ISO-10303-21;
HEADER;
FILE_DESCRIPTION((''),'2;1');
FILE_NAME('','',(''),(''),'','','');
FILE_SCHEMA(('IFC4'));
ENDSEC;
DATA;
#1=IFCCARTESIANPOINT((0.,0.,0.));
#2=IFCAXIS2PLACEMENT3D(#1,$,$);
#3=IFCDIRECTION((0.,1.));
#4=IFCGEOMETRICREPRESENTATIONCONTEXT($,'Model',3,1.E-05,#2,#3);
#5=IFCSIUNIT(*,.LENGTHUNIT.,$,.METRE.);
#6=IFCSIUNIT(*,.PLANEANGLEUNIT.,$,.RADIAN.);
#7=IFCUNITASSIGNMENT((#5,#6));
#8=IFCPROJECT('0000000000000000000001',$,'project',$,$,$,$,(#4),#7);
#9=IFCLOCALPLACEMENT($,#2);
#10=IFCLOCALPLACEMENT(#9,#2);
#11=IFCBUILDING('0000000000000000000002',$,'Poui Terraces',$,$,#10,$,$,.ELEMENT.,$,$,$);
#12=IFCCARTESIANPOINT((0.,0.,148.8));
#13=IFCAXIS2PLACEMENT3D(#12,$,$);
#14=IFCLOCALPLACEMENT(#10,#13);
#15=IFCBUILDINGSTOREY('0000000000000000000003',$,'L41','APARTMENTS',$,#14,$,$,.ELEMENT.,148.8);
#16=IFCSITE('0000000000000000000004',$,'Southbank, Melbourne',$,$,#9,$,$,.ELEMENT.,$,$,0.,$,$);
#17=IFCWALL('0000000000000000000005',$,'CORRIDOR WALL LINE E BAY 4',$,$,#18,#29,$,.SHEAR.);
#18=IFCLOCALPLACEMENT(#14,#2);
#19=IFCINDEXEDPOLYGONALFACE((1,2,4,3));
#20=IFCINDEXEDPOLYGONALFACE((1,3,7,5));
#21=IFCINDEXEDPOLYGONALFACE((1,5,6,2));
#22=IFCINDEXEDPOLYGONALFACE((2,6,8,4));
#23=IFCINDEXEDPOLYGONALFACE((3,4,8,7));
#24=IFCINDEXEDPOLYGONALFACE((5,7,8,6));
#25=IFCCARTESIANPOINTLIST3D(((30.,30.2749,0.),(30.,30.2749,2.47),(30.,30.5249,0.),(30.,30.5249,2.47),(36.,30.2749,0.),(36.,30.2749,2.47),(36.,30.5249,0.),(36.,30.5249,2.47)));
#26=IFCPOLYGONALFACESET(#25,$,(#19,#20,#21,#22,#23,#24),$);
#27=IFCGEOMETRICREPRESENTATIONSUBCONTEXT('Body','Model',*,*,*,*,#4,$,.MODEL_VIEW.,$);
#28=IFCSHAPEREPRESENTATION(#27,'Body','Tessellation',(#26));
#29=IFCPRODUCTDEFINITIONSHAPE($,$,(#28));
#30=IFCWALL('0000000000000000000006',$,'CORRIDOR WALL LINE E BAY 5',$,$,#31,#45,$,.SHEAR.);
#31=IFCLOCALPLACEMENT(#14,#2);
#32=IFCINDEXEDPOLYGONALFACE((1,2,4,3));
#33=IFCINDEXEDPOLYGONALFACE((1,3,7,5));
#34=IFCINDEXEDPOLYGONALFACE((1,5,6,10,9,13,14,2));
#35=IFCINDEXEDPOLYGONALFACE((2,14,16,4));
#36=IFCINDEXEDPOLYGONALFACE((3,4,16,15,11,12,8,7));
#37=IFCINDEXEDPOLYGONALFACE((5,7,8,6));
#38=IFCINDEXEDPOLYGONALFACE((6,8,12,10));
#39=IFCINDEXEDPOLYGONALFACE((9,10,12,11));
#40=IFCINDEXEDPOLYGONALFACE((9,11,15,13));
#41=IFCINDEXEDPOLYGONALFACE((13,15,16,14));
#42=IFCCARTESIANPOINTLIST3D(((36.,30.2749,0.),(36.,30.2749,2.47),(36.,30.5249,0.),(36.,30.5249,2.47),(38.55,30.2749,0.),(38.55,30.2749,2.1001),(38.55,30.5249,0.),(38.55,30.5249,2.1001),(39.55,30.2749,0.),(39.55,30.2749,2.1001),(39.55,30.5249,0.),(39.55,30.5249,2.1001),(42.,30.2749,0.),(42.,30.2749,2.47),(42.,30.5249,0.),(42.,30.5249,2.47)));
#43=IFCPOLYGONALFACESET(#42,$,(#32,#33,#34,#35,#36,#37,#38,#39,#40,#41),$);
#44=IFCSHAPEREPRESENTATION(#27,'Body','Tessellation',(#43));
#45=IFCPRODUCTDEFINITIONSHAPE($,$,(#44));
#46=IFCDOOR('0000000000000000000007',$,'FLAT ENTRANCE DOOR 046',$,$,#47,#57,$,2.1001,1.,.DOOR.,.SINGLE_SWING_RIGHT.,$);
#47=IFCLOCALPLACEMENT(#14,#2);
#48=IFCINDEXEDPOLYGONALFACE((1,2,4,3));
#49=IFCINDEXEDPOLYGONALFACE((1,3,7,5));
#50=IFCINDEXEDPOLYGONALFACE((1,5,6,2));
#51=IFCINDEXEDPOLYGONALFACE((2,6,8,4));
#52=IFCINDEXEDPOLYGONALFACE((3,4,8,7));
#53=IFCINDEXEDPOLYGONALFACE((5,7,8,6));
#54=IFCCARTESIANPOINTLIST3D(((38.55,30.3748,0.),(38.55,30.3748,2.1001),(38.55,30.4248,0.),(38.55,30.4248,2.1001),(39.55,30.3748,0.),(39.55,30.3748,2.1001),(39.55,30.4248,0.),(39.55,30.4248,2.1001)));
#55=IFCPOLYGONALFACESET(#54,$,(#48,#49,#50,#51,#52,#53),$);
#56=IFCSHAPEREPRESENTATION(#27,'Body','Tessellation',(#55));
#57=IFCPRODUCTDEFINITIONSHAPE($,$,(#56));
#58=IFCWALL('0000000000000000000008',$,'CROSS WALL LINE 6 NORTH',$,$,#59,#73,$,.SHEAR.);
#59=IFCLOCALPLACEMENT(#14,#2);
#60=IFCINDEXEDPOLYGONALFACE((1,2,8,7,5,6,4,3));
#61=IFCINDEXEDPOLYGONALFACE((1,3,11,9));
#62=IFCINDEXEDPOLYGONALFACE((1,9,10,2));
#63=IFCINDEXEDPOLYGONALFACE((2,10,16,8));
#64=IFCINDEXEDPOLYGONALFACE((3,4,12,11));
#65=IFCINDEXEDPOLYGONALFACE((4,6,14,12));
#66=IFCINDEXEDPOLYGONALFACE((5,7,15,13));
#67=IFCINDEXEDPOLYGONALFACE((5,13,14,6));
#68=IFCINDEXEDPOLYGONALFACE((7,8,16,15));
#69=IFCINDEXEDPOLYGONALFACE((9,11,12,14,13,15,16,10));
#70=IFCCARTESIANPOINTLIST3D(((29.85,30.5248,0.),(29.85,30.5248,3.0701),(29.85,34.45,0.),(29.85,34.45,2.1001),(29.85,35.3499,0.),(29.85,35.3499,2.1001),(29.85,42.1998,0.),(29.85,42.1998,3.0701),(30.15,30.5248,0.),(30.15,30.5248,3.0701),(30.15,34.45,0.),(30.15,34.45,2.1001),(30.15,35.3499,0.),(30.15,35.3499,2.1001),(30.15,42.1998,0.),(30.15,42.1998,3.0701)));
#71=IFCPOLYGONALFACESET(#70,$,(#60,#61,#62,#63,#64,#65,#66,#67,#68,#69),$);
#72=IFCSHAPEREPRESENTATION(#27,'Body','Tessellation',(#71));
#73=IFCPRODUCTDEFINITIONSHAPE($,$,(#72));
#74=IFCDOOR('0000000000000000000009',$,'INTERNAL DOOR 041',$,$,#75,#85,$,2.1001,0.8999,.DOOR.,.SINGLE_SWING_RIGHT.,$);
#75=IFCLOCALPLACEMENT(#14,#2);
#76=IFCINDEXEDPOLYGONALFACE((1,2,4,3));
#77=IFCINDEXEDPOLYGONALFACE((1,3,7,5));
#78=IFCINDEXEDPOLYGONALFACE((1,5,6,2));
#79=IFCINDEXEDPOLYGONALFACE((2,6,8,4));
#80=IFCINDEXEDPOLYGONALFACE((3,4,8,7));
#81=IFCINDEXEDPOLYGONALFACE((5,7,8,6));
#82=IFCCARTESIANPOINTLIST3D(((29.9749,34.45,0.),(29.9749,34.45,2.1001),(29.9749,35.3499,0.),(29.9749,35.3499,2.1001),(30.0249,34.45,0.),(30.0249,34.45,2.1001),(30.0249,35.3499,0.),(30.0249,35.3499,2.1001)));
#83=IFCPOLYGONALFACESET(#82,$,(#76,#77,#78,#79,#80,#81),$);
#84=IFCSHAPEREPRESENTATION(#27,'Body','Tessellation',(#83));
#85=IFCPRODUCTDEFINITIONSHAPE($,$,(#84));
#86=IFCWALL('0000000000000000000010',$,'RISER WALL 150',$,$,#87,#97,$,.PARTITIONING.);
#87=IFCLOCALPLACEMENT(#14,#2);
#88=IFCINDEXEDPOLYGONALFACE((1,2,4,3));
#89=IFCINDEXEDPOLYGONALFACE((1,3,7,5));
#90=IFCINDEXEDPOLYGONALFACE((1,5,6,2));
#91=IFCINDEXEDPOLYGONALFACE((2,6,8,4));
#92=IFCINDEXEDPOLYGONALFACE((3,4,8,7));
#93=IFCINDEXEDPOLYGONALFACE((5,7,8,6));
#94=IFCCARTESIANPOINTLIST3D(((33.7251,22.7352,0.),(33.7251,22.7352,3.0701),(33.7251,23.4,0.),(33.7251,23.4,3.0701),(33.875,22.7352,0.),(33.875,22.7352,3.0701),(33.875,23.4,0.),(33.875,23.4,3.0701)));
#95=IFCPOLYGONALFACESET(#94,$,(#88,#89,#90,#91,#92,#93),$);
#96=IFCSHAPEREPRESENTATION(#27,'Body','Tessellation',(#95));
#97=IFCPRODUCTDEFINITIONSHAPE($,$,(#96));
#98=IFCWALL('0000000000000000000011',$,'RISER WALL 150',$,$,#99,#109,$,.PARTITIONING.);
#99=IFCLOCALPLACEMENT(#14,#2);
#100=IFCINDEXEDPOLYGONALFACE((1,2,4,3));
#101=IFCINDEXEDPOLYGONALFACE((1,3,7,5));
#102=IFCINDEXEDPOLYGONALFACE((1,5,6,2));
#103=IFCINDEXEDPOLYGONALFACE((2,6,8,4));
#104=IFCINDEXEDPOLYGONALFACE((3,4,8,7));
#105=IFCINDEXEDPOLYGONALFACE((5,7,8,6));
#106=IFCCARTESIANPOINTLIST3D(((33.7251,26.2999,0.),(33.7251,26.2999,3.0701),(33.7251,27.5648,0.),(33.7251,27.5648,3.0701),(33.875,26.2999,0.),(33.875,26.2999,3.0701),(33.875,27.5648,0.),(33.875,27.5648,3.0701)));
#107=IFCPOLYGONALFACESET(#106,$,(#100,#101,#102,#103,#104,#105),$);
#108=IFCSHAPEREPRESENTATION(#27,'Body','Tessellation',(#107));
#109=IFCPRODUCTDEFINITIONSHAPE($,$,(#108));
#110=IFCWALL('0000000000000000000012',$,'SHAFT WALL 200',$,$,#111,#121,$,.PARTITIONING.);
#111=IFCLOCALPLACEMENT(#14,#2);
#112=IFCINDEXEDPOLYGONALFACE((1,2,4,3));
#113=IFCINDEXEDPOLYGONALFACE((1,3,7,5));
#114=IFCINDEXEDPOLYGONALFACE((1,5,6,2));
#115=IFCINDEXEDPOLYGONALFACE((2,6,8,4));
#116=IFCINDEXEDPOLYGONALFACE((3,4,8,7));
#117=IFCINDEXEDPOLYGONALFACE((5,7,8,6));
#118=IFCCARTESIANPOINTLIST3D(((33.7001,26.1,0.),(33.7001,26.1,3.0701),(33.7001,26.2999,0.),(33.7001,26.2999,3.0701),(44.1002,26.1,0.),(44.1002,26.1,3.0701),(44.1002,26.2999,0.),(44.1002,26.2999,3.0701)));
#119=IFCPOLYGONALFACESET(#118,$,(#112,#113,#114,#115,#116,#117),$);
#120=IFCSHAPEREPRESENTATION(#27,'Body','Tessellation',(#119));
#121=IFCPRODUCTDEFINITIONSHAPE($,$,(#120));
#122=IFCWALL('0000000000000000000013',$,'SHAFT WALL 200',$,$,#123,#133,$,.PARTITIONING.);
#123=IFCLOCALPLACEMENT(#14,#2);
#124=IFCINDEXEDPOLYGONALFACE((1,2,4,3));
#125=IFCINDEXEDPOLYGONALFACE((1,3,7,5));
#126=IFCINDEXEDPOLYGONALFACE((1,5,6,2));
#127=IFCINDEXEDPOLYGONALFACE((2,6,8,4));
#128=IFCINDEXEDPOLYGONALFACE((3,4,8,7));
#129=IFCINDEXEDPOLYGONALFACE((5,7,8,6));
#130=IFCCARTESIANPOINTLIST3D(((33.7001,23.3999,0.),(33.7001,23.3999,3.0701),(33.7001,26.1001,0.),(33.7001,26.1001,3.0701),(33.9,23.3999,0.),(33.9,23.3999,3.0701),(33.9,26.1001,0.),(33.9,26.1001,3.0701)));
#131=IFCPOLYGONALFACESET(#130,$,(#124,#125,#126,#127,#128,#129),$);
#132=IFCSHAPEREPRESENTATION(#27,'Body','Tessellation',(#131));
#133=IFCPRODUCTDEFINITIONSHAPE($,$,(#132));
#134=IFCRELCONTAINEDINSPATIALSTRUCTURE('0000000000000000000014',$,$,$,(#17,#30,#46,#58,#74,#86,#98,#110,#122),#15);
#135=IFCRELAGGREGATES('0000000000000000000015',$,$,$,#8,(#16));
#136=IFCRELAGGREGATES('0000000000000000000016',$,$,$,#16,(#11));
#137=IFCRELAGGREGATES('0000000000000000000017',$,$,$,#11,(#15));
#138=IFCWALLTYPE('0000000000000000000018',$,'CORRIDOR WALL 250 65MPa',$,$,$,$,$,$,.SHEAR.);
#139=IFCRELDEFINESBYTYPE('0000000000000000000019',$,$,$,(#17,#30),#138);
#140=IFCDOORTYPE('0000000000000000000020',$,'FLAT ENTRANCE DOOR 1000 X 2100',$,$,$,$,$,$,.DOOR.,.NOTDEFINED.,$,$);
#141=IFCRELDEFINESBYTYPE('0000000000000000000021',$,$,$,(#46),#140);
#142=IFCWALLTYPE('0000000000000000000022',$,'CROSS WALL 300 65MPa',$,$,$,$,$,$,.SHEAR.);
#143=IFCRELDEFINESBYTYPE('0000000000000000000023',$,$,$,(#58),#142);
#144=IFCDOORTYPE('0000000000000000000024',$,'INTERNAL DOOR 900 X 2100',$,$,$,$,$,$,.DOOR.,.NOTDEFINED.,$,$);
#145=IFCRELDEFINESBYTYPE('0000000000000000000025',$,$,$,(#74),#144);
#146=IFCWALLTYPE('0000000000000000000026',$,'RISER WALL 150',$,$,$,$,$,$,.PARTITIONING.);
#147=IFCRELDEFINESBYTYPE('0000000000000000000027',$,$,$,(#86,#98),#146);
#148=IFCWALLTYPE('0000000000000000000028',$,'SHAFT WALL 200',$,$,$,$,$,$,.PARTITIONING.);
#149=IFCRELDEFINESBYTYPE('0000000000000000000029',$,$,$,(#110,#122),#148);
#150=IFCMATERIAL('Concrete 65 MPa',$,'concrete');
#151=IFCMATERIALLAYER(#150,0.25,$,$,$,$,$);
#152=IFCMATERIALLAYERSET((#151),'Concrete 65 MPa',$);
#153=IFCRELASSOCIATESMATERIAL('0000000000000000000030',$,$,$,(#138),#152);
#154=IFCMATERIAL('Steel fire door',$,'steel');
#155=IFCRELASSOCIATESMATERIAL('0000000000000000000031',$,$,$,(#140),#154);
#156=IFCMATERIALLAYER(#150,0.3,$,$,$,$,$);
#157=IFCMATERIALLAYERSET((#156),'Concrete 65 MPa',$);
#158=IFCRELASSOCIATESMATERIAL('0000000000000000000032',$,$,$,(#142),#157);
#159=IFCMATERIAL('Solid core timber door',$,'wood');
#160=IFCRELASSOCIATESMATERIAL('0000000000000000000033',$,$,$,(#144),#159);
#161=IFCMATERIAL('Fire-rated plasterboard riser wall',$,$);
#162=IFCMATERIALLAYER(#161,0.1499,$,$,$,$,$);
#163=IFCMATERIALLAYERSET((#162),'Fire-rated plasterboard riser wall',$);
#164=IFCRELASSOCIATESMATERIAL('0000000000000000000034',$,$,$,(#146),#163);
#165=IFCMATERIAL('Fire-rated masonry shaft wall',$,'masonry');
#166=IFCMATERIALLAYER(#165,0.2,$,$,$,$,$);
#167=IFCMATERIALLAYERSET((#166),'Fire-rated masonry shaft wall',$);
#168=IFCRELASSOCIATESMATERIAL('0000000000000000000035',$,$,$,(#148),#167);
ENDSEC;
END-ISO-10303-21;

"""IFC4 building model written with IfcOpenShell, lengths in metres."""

from ifc_helpers import new_model, si_unit, direction, frame, frame_2d, origin, place, context, subcontext, project, spatial, rectangle, extrude, material, layer, layer_set, type_object, element, fill, save


model = new_model("IFC4")

# Units and contexts
model_context = context("Model", 3, precision=1e-05, world=origin(), true_north=direction((0.0, 1.0)))
body_context = subcontext(model_context, "Body", "Model", "MODEL_VIEW")
ifc_project = project(units=[si_unit("LENGTHUNIT", "METRE"), si_unit("PLANEANGLEUNIT", "RADIAN")], contexts=[model_context])

# Site, building, storey
site_placement = place(None, origin())
site = spatial("IfcSite", under=ifc_project, at=site_placement, Name="Southbank, Melbourne", CompositionType="ELEMENT", RefElevation=0.0)
building_placement = place(site_placement, origin())
building = spatial("IfcBuilding", under=site, at=building_placement, Name="Poui Terraces", CompositionType="ELEMENT")
storey_placement = place(building_placement, frame((0.0, 0.0, 148.8)))
storey = spatial("IfcBuildingStorey", under=building, at=storey_placement, Name="L41", Description="APARTMENTS", CompositionType="ELEMENT", Elevation=148.8)

# Shared definitions
ifc_material_1 = material(Name="Concrete 65 MPa", Category="concrete")

# Shared definitions
ifc_material_2 = material(Name="Steel fire door", Category="steel")

# Wall
ifc_layer_1 = layer(ifc_material_1, 0.25)
ifc_layer_set_1 = layer_set([ifc_layer_1], Name="Concrete 65 MPa")
wall_type_1 = type_object("IfcWallType", Name="CORRIDOR WALL 250 65MPa", PredefinedType="SHEAR", material=ifc_layer_set_1)
wall_1_placement = place(storey_placement, frame((30.0, 30.3999, 0.0), z_axis=(0.0, 0.0, 1.0), x_axis=(1.0, 0.0, 0.0)))
element("IfcWall", 1, at=wall_1_placement, inside=storey, type_object=wall_type_1, Name="CORRIDOR WALL LINE E BAY 4", PredefinedType="SHEAR", context=body_context, shape_type="SweptSolid", body=[
    extrude(rectangle(XDim=6.0, YDim=0.25, at=frame_2d((3.0, 0.0))), origin(), (0.0, 0.0, 1.0), 2.47),
])

# Walls, openings, doors
wall_2_placement = place(storey_placement, frame((36.0, 30.3999, 0.0), z_axis=(0.0, 0.0, 1.0), x_axis=(1.0, 0.0, 0.0)))
wall_2 = element("IfcWall", 2, at=wall_2_placement, inside=storey, type_object=wall_type_1, Name="CORRIDOR WALL LINE E BAY 5", PredefinedType="SHEAR", context=body_context, shape_type="SweptSolid", body=[
    extrude(rectangle(XDim=6.0, YDim=0.25, at=frame_2d((3.0, 0.0))), origin(), (0.0, 0.0, 1.0), 2.47),
])
opening_1_placement = place(wall_2_placement, frame((2.55, 0.0, 0.0)))
opening_1 = element("IfcOpeningElement", 3, at=opening_1_placement, cuts=wall_2, PredefinedType="OPENING", context=body_context, shape_type="SweptSolid", body=[
    extrude(rectangle(XDim=1.0, YDim=2.1001, at=frame_2d((0.5, 1.05))), frame((0.0, 0.135, 0.0), z_axis=(0.0, -1.0, 0.0), x_axis=(1.0, 0.0, 0.0)), (0.0, 0.0, 1.0), 0.27),
])
door_type_1 = type_object("IfcDoorType", Name="FLAT ENTRANCE DOOR 1000 X 2100", OperationType="NOTDEFINED", PredefinedType="DOOR", material=ifc_material_2)
door_1_placement = place(opening_1_placement, origin())
door_1 = element("IfcDoor", 4, at=door_1_placement, inside=storey, type_object=door_type_1, Name="FLAT ENTRANCE DOOR 046", OperationType="SINGLE_SWING_RIGHT", OverallHeight=2.1001, OverallWidth=1.0, PredefinedType="DOOR", context=body_context, shape_type="SweptSolid", body=[
    extrude(rectangle(XDim=1.0, YDim=2.1001, at=frame_2d((0.5, 1.05))), frame((0.0, 0.0249, 0.0), z_axis=(0.0, -1.0, 0.0), x_axis=(1.0, 0.0, 0.0)), (0.0, 0.0, 1.0), 0.05),
])
fill(opening_1, door_1)
ifc_layer_2 = layer(ifc_material_1, 0.3)
ifc_layer_set_2 = layer_set([ifc_layer_2], Name="Concrete 65 MPa")
wall_type_2 = type_object("IfcWallType", Name="CROSS WALL 300 65MPa", PredefinedType="SHEAR", material=ifc_layer_set_2)
wall_3_placement = place(storey_placement, frame((30.0, 30.5249, 0.0), z_axis=(0.0, 0.0, 1.0), x_axis=(0.0, 1.0, 0.0)))
wall_3 = element("IfcWall", 5, at=wall_3_placement, inside=storey, type_object=wall_type_2, Name="CROSS WALL LINE 6 NORTH", PredefinedType="SHEAR", context=body_context, shape_type="SweptSolid", body=[
    extrude(rectangle(XDim=11.675, YDim=0.3, at=frame_2d((5.8374, 0.0))), origin(), (0.0, 0.0, 1.0), 3.0701),
])
opening_2_placement = place(wall_3_placement, frame((3.925, 0.0, 0.0)))
opening_2 = element("IfcOpeningElement", 6, at=opening_2_placement, cuts=wall_3, PredefinedType="OPENING", context=body_context, shape_type="SweptSolid", body=[
    extrude(rectangle(XDim=0.8999, YDim=2.1001, at=frame_2d((0.45, 1.05))), frame((0.0, 0.1602, 0.0), z_axis=(0.0, -1.0, 0.0), x_axis=(1.0, 0.0, 0.0)), (0.0, 0.0, 1.0), 0.3201),
])
ifc_material_3 = material(Name="Solid core timber door", Category="wood")
door_type_2 = type_object("IfcDoorType", Name="INTERNAL DOOR 900 X 2100", OperationType="NOTDEFINED", PredefinedType="DOOR", material=ifc_material_3)
door_2_placement = place(opening_2_placement, frame((0.8999, 0.0, 0.0), z_axis=(0.0, 0.0, 1.0), x_axis=(-1.0, 0.0, 0.0)))
door_2 = element("IfcDoor", 7, at=door_2_placement, inside=storey, type_object=door_type_2, Name="INTERNAL DOOR 041", OperationType="SINGLE_SWING_RIGHT", OverallHeight=2.1001, OverallWidth=0.8999, PredefinedType="DOOR", context=body_context, shape_type="SweptSolid", body=[
    extrude(rectangle(XDim=0.8999, YDim=2.1001, at=frame_2d((0.45, 1.05))), frame((0.0, 0.0249, 0.0), z_axis=(0.0, -1.0, 0.0), x_axis=(1.0, 0.0, 0.0)), (0.0, 0.0, 1.0), 0.05),
])
fill(opening_2, door_2)

# Walls
ifc_material_4 = material(Name="Fire-rated plasterboard riser wall")
ifc_layer_3 = layer(ifc_material_4, 0.1499)
ifc_layer_set_3 = layer_set([ifc_layer_3], Name="Fire-rated plasterboard riser wall")
wall_type_3 = type_object("IfcWallType", Name="RISER WALL 150", PredefinedType="PARTITIONING", material=ifc_layer_set_3)
wall_4_placement = place(storey_placement, frame((33.8, 22.7351, 0.0), z_axis=(0.0, 0.0, 1.0), x_axis=(0.0, 1.0, 0.0)))
element("IfcWall", 8, at=wall_4_placement, inside=storey, type_object=wall_type_3, Name="RISER WALL 150", PredefinedType="PARTITIONING", context=body_context, shape_type="SweptSolid", body=[
    extrude(rectangle(XDim=0.6648, YDim=0.1499, at=frame_2d((0.3325, 0.0))), origin(), (0.0, 0.0, 1.0), 3.0701),
])
wall_5_placement = place(storey_placement, frame((33.8, 26.3, 0.0), z_axis=(0.0, 0.0, 1.0), x_axis=(0.0, 1.0, 0.0)))
element("IfcWall", 9, at=wall_5_placement, inside=storey, type_object=wall_type_3, Name="RISER WALL 150", PredefinedType="PARTITIONING", context=body_context, shape_type="SweptSolid", body=[
    extrude(rectangle(XDim=1.2649, YDim=0.1499, at=frame_2d((0.6323, 0.0))), origin(), (0.0, 0.0, 1.0), 3.0701),
])
ifc_material_5 = material(Name="Fire-rated masonry shaft wall", Category="masonry")
ifc_layer_4 = layer(ifc_material_5, 0.2)
ifc_layer_set_4 = layer_set([ifc_layer_4], Name="Fire-rated masonry shaft wall")
wall_type_4 = type_object("IfcWallType", Name="SHAFT WALL 200", PredefinedType="PARTITIONING", material=ifc_layer_set_4)
wall_6_placement = place(storey_placement, frame((33.7, 26.2, 0.0), z_axis=(0.0, 0.0, 1.0), x_axis=(1.0, 0.0, 0.0)))
element("IfcWall", 10, at=wall_6_placement, inside=storey, type_object=wall_type_4, Name="SHAFT WALL 200", PredefinedType="PARTITIONING", context=body_context, shape_type="SweptSolid", body=[
    extrude(rectangle(XDim=10.4001, YDim=0.2, at=frame_2d((5.2002, 0.0))), origin(), (0.0, 0.0, 1.0), 3.0701),
])
wall_7_placement = place(storey_placement, frame((33.8, 23.3999, 0.0), z_axis=(0.0, 0.0, 1.0), x_axis=(0.0, 1.0, 0.0)))
element("IfcWall", 11, at=wall_7_placement, inside=storey, type_object=wall_type_4, Name="SHAFT WALL 200", PredefinedType="PARTITIONING", context=body_context, shape_type="SweptSolid", body=[
    extrude(rectangle(XDim=2.7002, YDim=0.2, at=frame_2d((1.3501, 0.0))), origin(), (0.0, 0.0, 1.0), 3.0701),
])

save(model, "model.ifc")
